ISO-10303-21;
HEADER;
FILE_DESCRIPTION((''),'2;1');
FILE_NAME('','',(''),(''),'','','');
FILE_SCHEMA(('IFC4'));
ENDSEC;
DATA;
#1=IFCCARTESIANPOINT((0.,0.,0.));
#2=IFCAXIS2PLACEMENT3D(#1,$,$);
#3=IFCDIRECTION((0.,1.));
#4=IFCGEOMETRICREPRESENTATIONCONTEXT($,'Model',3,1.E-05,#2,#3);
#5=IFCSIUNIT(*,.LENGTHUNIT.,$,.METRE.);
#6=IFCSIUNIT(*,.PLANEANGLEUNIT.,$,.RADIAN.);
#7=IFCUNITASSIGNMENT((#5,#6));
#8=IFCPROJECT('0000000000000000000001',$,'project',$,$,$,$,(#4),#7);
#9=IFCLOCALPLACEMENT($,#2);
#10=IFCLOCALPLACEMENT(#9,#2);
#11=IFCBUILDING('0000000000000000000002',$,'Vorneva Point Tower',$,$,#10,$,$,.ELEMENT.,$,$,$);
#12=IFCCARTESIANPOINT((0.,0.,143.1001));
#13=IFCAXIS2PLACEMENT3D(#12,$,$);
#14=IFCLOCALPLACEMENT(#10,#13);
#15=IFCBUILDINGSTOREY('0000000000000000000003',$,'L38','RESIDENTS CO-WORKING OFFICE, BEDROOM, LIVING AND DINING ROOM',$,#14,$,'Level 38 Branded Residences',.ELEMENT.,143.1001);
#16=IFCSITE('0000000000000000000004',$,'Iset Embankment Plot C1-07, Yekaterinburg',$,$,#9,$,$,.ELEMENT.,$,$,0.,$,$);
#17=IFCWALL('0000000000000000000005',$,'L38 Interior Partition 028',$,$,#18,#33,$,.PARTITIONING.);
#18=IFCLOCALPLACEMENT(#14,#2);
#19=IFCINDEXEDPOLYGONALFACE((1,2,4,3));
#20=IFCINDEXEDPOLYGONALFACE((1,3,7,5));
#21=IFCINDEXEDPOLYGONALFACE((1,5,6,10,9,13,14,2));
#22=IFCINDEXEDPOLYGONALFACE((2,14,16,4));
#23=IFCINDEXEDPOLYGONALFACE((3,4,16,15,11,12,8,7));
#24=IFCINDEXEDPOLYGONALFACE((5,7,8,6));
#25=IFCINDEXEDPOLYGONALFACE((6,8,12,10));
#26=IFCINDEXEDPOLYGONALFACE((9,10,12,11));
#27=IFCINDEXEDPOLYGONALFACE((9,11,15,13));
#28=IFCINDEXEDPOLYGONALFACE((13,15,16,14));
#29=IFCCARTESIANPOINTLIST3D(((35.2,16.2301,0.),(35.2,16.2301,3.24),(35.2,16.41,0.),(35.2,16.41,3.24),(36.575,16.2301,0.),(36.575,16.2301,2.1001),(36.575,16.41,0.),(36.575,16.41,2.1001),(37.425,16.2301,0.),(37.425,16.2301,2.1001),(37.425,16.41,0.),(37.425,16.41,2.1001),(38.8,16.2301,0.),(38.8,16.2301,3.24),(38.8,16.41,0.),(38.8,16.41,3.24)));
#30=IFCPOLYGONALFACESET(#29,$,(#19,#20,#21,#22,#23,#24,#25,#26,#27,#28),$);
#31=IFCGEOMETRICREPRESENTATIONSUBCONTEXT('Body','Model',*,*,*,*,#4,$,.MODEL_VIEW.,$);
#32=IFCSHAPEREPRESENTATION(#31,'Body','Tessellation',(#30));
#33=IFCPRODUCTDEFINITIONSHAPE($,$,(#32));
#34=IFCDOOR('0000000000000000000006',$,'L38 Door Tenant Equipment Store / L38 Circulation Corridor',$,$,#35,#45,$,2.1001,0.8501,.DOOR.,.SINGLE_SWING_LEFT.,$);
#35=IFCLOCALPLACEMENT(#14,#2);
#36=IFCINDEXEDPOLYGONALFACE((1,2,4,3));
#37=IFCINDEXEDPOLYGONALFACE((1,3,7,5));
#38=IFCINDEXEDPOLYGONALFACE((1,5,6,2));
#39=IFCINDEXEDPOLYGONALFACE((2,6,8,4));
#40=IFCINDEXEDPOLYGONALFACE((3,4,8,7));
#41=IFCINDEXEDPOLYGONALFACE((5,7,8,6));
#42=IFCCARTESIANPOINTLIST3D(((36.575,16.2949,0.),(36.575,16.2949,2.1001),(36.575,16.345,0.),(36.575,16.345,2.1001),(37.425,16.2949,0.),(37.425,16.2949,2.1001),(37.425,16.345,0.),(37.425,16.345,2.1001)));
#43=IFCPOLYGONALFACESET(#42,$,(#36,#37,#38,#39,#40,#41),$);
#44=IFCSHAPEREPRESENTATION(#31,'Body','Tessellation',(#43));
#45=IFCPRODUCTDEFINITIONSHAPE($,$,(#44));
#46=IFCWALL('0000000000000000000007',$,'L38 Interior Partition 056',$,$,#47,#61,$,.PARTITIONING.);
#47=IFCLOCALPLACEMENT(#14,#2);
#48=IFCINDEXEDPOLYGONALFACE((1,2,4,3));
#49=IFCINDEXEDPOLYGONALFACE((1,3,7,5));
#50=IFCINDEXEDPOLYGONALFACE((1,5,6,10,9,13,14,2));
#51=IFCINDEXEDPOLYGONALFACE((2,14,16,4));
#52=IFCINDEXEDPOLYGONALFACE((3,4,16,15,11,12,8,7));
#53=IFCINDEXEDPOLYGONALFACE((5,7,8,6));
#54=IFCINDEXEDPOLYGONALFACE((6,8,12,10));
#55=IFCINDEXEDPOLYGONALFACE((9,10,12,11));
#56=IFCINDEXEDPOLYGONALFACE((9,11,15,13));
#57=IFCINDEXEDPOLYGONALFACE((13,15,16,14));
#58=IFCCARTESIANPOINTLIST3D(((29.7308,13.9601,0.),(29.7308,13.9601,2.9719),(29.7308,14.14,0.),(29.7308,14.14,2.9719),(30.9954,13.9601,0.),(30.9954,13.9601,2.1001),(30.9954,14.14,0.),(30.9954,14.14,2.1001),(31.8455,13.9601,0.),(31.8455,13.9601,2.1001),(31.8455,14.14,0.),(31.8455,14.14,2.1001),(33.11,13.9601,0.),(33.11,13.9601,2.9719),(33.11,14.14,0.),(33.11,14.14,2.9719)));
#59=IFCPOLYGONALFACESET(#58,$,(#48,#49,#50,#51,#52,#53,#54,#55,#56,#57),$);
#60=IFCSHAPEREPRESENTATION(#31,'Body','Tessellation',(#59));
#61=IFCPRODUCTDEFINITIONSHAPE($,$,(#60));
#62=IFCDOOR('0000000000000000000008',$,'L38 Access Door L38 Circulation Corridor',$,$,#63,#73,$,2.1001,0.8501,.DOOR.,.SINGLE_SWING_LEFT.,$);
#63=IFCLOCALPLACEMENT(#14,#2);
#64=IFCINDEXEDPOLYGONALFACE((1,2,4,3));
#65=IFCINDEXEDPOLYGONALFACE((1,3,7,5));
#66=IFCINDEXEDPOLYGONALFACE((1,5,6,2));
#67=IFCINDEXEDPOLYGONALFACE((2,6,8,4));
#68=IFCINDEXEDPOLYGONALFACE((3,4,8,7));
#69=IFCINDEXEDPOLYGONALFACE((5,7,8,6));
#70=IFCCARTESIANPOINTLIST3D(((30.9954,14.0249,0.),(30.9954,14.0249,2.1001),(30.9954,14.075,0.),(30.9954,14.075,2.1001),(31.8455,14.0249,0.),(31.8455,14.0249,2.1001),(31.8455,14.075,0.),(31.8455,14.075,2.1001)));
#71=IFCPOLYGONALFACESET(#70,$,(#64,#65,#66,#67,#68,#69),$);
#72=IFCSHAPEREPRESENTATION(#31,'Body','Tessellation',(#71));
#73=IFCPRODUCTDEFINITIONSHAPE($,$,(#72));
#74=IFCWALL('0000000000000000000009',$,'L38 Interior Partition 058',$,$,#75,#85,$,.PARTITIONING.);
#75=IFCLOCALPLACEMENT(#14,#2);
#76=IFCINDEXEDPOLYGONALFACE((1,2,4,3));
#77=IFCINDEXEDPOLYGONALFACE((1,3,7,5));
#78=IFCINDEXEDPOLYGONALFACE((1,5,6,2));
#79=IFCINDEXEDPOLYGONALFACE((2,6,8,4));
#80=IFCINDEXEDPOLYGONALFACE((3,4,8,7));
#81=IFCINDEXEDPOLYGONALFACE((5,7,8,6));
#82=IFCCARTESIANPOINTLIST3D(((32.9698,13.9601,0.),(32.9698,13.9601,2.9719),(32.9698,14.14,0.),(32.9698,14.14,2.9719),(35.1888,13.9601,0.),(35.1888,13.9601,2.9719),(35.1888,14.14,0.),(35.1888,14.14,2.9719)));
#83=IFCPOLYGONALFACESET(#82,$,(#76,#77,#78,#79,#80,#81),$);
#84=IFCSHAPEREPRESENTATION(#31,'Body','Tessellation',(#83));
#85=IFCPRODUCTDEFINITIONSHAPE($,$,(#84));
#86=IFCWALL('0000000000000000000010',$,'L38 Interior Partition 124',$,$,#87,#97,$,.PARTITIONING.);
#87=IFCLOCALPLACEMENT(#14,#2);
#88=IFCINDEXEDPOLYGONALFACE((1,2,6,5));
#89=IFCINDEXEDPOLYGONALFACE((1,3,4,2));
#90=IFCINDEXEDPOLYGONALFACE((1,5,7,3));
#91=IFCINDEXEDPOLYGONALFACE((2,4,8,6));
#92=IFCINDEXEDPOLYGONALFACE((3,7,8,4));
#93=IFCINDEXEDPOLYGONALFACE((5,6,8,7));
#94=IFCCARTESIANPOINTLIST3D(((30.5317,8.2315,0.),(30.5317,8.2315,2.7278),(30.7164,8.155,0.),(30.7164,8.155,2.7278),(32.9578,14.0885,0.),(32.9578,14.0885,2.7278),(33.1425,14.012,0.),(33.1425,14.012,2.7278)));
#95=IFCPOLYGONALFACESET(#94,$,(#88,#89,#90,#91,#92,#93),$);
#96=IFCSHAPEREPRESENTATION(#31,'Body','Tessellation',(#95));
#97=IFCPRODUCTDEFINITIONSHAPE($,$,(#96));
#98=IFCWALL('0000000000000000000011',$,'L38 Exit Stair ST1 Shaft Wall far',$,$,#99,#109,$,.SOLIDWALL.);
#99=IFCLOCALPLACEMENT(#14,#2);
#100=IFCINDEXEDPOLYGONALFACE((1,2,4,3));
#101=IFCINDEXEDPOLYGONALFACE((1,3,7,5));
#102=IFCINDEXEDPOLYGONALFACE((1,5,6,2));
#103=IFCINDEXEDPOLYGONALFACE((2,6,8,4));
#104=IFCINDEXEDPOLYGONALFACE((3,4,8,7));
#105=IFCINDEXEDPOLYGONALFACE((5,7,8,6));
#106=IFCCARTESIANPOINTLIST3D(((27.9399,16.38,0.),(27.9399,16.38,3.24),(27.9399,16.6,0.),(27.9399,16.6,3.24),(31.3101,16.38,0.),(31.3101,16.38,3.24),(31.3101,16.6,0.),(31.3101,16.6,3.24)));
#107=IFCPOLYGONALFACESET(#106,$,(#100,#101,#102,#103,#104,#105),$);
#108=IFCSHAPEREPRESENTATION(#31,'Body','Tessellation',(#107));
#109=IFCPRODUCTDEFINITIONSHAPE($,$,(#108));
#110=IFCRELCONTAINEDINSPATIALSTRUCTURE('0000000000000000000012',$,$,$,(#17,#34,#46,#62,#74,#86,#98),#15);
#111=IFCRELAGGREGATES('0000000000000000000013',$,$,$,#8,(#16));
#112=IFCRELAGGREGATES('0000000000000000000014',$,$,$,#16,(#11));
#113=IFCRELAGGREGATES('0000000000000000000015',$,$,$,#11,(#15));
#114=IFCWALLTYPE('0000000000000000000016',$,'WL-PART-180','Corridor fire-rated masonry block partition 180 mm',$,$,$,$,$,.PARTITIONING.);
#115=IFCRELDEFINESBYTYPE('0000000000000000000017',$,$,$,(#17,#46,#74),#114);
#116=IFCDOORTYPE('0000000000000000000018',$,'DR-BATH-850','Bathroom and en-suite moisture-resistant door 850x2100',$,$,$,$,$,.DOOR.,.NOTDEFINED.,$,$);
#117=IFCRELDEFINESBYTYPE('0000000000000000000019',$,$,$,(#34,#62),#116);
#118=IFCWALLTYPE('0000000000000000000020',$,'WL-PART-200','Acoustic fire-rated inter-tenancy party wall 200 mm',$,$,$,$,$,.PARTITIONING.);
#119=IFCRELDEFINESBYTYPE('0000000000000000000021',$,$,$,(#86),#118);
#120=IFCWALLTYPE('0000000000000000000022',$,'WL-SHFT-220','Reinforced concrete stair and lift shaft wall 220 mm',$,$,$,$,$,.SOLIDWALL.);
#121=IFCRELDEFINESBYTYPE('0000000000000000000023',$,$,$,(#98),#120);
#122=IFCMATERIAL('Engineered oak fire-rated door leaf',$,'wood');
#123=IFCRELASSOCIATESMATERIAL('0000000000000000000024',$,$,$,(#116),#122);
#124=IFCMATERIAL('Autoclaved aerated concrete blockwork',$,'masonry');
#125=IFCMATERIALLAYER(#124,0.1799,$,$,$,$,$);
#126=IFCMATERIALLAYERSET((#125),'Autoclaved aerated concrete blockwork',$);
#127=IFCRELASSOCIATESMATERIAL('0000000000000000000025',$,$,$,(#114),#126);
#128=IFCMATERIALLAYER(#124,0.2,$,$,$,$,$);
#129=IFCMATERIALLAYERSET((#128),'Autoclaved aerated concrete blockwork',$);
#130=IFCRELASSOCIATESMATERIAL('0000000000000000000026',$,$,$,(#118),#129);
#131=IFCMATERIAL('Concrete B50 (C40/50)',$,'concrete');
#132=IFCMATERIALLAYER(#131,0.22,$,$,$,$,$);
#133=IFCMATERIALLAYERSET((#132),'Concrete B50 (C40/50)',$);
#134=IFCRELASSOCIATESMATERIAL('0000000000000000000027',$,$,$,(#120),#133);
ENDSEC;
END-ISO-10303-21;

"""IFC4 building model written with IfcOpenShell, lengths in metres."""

from ifc_helpers import new_model, si_unit, direction, frame, frame_2d, origin, place, context, subcontext, project, spatial, rectangle, extrude, material, layer, layer_set, type_object, element, fill, save


model = new_model("IFC4")

# Units and contexts
model_context = context("Model", 3, precision=1e-05, world=origin(), true_north=direction((0.0, 1.0)))
body_context = subcontext(model_context, "Body", "Model", "MODEL_VIEW")
ifc_project = project(units=[si_unit("LENGTHUNIT", "METRE"), si_unit("PLANEANGLEUNIT", "RADIAN")], contexts=[model_context])

# Site, building, storey
site_placement = place(None, origin())
site = spatial("IfcSite", under=ifc_project, at=site_placement, Name="Iset Embankment Plot C1-07, Yekaterinburg", CompositionType="ELEMENT", RefElevation=0.0)
building_placement = place(site_placement, origin())
building = spatial("IfcBuilding", under=site, at=building_placement, Name="Vorneva Point Tower", CompositionType="ELEMENT")
storey_placement = place(building_placement, frame((0.0, 0.0, 143.1001)))
storey = spatial("IfcBuildingStorey", under=building, at=storey_placement, Name="L38", Description="RESIDENTS CO-WORKING OFFICE, BEDROOM, LIVING AND DINING ROOM", LongName="Level 38 Branded Residences", CompositionType="ELEMENT", Elevation=143.1001)

# Shared definitions
ifc_material_1 = material(Name="Engineered oak fire-rated door leaf", Category="wood")
door_type_1 = type_object("IfcDoorType", Name="DR-BATH-850", Description="Bathroom and en-suite moisture-resistant door 850x2100", OperationType="NOTDEFINED", PredefinedType="DOOR", material=ifc_material_1)

# Walls, openings, doors
ifc_material_2 = material(Name="Autoclaved aerated concrete blockwork", Category="masonry")
ifc_layer_1 = layer(ifc_material_2, 0.1799)
ifc_layer_set_1 = layer_set([ifc_layer_1], Name="Autoclaved aerated concrete blockwork")
wall_type_1 = type_object("IfcWallType", Name="WL-PART-180", Description="Corridor fire-rated masonry block partition 180 mm", PredefinedType="PARTITIONING", material=ifc_layer_set_1)
wall_1_placement = place(storey_placement, frame((35.2, 16.3201, 0.0), z_axis=(0.0, 0.0, 1.0), x_axis=(1.0, 0.0, 0.0)))
wall_1 = element("IfcWall", 1, at=wall_1_placement, inside=storey, type_object=wall_type_1, Name="L38 Interior Partition 028", PredefinedType="PARTITIONING", context=body_context, shape_type="SweptSolid", body=[
    extrude(rectangle(XDim=3.6001, YDim=0.1799, at=frame_2d((1.8, 0.0))), origin(), (0.0, 0.0, 1.0), 3.24),
])
opening_1_placement = place(wall_1_placement, frame((1.375, 0.0, 0.0)))
opening_1 = element("IfcOpeningElement", 2, at=opening_1_placement, cuts=wall_1, PredefinedType="OPENING", context=body_context, shape_type="SweptSolid", body=[
    extrude(rectangle(XDim=0.8501, YDim=2.1001, at=frame_2d((0.425, 1.05))), frame((0.0, 0.105, 0.0), z_axis=(0.0, -1.0, 0.0), x_axis=(1.0, 0.0, 0.0)), (0.0, 0.0, 1.0), 0.2097),
])
door_1_placement = place(opening_1_placement, origin())
door_1 = element("IfcDoor", 3, at=door_1_placement, inside=storey, type_object=door_type_1, Name="L38 Door Tenant Equipment Store / L38 Circulation Corridor", OperationType="SINGLE_SWING_LEFT", OverallHeight=2.1001, OverallWidth=0.8501, PredefinedType="DOOR", context=body_context, shape_type="SweptSolid", body=[
    extrude(rectangle(XDim=0.8501, YDim=2.1001, at=frame_2d((0.425, 1.05))), frame((0.0, 0.0249, 0.0), z_axis=(0.0, -1.0, 0.0), x_axis=(1.0, 0.0, 0.0)), (0.0, 0.0, 1.0), 0.05),
])
fill(opening_1, door_1)
wall_2_placement = place(storey_placement, frame((29.731, 14.05, 0.0), z_axis=(0.0, 0.0, 1.0), x_axis=(1.0, 0.0, 0.0)))
wall_2 = element("IfcWall", 4, at=wall_2_placement, inside=storey, type_object=wall_type_1, Name="L38 Interior Partition 056", PredefinedType="PARTITIONING", context=body_context, shape_type="SweptSolid", body=[
    extrude(rectangle(XDim=3.3792, YDim=0.1799, at=frame_2d((1.6895, 0.0))), origin(), (0.0, 0.0, 1.0), 2.9719),
])
opening_2_placement = place(wall_2_placement, frame((1.2644, 0.0, 0.0)))
opening_2 = element("IfcOpeningElement", 5, at=opening_2_placement, cuts=wall_2, PredefinedType="OPENING", context=body_context, shape_type="SweptSolid", body=[
    extrude(rectangle(XDim=0.8501, YDim=2.1001, at=frame_2d((0.425, 1.05))), frame((0.0, 0.105, 0.0), z_axis=(0.0, -1.0, 0.0), x_axis=(1.0, 0.0, 0.0)), (0.0, 0.0, 1.0), 0.2097),
])
door_2_placement = place(opening_2_placement, origin())
door_2 = element("IfcDoor", 6, at=door_2_placement, inside=storey, type_object=door_type_1, Name="L38 Access Door L38 Circulation Corridor", OperationType="SINGLE_SWING_LEFT", OverallHeight=2.1001, OverallWidth=0.8501, PredefinedType="DOOR", context=body_context, shape_type="SweptSolid", body=[
    extrude(rectangle(XDim=0.8501, YDim=2.1001, at=frame_2d((0.425, 1.05))), frame((0.0, 0.0249, 0.0), z_axis=(0.0, -1.0, 0.0), x_axis=(1.0, 0.0, 0.0)), (0.0, 0.0, 1.0), 0.05),
])
fill(opening_2, door_2)

# Walls
wall_3_placement = place(storey_placement, frame((32.97, 14.05, 0.0), z_axis=(0.0, 0.0, 1.0), x_axis=(1.0, 0.0, 0.0)))
element("IfcWall", 7, at=wall_3_placement, inside=storey, type_object=wall_type_1, Name="L38 Interior Partition 058", PredefinedType="PARTITIONING", context=body_context, shape_type="SweptSolid", body=[
    extrude(rectangle(XDim=2.219, YDim=0.1799, at=frame_2d((1.1094, 0.0))), origin(), (0.0, 0.0, 1.0), 2.9719),
])
ifc_layer_2 = layer(ifc_material_2, 0.2)
ifc_layer_set_2 = layer_set([ifc_layer_2], Name="Autoclaved aerated concrete blockwork")
wall_type_2 = type_object("IfcWallType", Name="WL-PART-200", Description="Acoustic fire-rated inter-tenancy party wall 200 mm", PredefinedType="PARTITIONING", material=ifc_layer_set_2)
wall_4_placement = place(storey_placement, frame((30.624, 8.1931, 0.0), z_axis=(0.0, 0.0, 1.0), x_axis=(0.382684, 0.923879, 0.0)))
element("IfcWall", 8, at=wall_4_placement, inside=storey, type_object=wall_type_2, Name="L38 Interior Partition 124", PredefinedType="PARTITIONING", context=body_context, shape_type="SweptSolid", body=[
    extrude(rectangle(XDim=6.3396, YDim=0.2, at=frame_2d((3.1699, 0.0))), origin(), (0.0, 0.0, 1.0), 2.7278),
])
ifc_material_3 = material(Name="Concrete B50 (C40/50)", Category="concrete")
ifc_layer_3 = layer(ifc_material_3, 0.22)
ifc_layer_set_3 = layer_set([ifc_layer_3], Name="Concrete B50 (C40/50)")
wall_type_3 = type_object("IfcWallType", Name="WL-SHFT-220", Description="Reinforced concrete stair and lift shaft wall 220 mm", PredefinedType="SOLIDWALL", material=ifc_layer_set_3)
wall_5_placement = place(storey_placement, frame((31.3101, 16.49, 0.0), z_axis=(0.0, 0.0, 1.0), x_axis=(-1.0, 0.0, 0.0)))
element("IfcWall", 9, at=wall_5_placement, inside=storey, type_object=wall_type_3, Name="L38 Exit Stair ST1 Shaft Wall far", PredefinedType="SOLIDWALL", context=body_context, shape_type="SweptSolid", body=[
    extrude(rectangle(XDim=3.3701, YDim=0.22, at=frame_2d((1.6851, 0.0))), origin(), (0.0, 0.0, 1.0), 3.24),
])

save(model, "model.ifc")
